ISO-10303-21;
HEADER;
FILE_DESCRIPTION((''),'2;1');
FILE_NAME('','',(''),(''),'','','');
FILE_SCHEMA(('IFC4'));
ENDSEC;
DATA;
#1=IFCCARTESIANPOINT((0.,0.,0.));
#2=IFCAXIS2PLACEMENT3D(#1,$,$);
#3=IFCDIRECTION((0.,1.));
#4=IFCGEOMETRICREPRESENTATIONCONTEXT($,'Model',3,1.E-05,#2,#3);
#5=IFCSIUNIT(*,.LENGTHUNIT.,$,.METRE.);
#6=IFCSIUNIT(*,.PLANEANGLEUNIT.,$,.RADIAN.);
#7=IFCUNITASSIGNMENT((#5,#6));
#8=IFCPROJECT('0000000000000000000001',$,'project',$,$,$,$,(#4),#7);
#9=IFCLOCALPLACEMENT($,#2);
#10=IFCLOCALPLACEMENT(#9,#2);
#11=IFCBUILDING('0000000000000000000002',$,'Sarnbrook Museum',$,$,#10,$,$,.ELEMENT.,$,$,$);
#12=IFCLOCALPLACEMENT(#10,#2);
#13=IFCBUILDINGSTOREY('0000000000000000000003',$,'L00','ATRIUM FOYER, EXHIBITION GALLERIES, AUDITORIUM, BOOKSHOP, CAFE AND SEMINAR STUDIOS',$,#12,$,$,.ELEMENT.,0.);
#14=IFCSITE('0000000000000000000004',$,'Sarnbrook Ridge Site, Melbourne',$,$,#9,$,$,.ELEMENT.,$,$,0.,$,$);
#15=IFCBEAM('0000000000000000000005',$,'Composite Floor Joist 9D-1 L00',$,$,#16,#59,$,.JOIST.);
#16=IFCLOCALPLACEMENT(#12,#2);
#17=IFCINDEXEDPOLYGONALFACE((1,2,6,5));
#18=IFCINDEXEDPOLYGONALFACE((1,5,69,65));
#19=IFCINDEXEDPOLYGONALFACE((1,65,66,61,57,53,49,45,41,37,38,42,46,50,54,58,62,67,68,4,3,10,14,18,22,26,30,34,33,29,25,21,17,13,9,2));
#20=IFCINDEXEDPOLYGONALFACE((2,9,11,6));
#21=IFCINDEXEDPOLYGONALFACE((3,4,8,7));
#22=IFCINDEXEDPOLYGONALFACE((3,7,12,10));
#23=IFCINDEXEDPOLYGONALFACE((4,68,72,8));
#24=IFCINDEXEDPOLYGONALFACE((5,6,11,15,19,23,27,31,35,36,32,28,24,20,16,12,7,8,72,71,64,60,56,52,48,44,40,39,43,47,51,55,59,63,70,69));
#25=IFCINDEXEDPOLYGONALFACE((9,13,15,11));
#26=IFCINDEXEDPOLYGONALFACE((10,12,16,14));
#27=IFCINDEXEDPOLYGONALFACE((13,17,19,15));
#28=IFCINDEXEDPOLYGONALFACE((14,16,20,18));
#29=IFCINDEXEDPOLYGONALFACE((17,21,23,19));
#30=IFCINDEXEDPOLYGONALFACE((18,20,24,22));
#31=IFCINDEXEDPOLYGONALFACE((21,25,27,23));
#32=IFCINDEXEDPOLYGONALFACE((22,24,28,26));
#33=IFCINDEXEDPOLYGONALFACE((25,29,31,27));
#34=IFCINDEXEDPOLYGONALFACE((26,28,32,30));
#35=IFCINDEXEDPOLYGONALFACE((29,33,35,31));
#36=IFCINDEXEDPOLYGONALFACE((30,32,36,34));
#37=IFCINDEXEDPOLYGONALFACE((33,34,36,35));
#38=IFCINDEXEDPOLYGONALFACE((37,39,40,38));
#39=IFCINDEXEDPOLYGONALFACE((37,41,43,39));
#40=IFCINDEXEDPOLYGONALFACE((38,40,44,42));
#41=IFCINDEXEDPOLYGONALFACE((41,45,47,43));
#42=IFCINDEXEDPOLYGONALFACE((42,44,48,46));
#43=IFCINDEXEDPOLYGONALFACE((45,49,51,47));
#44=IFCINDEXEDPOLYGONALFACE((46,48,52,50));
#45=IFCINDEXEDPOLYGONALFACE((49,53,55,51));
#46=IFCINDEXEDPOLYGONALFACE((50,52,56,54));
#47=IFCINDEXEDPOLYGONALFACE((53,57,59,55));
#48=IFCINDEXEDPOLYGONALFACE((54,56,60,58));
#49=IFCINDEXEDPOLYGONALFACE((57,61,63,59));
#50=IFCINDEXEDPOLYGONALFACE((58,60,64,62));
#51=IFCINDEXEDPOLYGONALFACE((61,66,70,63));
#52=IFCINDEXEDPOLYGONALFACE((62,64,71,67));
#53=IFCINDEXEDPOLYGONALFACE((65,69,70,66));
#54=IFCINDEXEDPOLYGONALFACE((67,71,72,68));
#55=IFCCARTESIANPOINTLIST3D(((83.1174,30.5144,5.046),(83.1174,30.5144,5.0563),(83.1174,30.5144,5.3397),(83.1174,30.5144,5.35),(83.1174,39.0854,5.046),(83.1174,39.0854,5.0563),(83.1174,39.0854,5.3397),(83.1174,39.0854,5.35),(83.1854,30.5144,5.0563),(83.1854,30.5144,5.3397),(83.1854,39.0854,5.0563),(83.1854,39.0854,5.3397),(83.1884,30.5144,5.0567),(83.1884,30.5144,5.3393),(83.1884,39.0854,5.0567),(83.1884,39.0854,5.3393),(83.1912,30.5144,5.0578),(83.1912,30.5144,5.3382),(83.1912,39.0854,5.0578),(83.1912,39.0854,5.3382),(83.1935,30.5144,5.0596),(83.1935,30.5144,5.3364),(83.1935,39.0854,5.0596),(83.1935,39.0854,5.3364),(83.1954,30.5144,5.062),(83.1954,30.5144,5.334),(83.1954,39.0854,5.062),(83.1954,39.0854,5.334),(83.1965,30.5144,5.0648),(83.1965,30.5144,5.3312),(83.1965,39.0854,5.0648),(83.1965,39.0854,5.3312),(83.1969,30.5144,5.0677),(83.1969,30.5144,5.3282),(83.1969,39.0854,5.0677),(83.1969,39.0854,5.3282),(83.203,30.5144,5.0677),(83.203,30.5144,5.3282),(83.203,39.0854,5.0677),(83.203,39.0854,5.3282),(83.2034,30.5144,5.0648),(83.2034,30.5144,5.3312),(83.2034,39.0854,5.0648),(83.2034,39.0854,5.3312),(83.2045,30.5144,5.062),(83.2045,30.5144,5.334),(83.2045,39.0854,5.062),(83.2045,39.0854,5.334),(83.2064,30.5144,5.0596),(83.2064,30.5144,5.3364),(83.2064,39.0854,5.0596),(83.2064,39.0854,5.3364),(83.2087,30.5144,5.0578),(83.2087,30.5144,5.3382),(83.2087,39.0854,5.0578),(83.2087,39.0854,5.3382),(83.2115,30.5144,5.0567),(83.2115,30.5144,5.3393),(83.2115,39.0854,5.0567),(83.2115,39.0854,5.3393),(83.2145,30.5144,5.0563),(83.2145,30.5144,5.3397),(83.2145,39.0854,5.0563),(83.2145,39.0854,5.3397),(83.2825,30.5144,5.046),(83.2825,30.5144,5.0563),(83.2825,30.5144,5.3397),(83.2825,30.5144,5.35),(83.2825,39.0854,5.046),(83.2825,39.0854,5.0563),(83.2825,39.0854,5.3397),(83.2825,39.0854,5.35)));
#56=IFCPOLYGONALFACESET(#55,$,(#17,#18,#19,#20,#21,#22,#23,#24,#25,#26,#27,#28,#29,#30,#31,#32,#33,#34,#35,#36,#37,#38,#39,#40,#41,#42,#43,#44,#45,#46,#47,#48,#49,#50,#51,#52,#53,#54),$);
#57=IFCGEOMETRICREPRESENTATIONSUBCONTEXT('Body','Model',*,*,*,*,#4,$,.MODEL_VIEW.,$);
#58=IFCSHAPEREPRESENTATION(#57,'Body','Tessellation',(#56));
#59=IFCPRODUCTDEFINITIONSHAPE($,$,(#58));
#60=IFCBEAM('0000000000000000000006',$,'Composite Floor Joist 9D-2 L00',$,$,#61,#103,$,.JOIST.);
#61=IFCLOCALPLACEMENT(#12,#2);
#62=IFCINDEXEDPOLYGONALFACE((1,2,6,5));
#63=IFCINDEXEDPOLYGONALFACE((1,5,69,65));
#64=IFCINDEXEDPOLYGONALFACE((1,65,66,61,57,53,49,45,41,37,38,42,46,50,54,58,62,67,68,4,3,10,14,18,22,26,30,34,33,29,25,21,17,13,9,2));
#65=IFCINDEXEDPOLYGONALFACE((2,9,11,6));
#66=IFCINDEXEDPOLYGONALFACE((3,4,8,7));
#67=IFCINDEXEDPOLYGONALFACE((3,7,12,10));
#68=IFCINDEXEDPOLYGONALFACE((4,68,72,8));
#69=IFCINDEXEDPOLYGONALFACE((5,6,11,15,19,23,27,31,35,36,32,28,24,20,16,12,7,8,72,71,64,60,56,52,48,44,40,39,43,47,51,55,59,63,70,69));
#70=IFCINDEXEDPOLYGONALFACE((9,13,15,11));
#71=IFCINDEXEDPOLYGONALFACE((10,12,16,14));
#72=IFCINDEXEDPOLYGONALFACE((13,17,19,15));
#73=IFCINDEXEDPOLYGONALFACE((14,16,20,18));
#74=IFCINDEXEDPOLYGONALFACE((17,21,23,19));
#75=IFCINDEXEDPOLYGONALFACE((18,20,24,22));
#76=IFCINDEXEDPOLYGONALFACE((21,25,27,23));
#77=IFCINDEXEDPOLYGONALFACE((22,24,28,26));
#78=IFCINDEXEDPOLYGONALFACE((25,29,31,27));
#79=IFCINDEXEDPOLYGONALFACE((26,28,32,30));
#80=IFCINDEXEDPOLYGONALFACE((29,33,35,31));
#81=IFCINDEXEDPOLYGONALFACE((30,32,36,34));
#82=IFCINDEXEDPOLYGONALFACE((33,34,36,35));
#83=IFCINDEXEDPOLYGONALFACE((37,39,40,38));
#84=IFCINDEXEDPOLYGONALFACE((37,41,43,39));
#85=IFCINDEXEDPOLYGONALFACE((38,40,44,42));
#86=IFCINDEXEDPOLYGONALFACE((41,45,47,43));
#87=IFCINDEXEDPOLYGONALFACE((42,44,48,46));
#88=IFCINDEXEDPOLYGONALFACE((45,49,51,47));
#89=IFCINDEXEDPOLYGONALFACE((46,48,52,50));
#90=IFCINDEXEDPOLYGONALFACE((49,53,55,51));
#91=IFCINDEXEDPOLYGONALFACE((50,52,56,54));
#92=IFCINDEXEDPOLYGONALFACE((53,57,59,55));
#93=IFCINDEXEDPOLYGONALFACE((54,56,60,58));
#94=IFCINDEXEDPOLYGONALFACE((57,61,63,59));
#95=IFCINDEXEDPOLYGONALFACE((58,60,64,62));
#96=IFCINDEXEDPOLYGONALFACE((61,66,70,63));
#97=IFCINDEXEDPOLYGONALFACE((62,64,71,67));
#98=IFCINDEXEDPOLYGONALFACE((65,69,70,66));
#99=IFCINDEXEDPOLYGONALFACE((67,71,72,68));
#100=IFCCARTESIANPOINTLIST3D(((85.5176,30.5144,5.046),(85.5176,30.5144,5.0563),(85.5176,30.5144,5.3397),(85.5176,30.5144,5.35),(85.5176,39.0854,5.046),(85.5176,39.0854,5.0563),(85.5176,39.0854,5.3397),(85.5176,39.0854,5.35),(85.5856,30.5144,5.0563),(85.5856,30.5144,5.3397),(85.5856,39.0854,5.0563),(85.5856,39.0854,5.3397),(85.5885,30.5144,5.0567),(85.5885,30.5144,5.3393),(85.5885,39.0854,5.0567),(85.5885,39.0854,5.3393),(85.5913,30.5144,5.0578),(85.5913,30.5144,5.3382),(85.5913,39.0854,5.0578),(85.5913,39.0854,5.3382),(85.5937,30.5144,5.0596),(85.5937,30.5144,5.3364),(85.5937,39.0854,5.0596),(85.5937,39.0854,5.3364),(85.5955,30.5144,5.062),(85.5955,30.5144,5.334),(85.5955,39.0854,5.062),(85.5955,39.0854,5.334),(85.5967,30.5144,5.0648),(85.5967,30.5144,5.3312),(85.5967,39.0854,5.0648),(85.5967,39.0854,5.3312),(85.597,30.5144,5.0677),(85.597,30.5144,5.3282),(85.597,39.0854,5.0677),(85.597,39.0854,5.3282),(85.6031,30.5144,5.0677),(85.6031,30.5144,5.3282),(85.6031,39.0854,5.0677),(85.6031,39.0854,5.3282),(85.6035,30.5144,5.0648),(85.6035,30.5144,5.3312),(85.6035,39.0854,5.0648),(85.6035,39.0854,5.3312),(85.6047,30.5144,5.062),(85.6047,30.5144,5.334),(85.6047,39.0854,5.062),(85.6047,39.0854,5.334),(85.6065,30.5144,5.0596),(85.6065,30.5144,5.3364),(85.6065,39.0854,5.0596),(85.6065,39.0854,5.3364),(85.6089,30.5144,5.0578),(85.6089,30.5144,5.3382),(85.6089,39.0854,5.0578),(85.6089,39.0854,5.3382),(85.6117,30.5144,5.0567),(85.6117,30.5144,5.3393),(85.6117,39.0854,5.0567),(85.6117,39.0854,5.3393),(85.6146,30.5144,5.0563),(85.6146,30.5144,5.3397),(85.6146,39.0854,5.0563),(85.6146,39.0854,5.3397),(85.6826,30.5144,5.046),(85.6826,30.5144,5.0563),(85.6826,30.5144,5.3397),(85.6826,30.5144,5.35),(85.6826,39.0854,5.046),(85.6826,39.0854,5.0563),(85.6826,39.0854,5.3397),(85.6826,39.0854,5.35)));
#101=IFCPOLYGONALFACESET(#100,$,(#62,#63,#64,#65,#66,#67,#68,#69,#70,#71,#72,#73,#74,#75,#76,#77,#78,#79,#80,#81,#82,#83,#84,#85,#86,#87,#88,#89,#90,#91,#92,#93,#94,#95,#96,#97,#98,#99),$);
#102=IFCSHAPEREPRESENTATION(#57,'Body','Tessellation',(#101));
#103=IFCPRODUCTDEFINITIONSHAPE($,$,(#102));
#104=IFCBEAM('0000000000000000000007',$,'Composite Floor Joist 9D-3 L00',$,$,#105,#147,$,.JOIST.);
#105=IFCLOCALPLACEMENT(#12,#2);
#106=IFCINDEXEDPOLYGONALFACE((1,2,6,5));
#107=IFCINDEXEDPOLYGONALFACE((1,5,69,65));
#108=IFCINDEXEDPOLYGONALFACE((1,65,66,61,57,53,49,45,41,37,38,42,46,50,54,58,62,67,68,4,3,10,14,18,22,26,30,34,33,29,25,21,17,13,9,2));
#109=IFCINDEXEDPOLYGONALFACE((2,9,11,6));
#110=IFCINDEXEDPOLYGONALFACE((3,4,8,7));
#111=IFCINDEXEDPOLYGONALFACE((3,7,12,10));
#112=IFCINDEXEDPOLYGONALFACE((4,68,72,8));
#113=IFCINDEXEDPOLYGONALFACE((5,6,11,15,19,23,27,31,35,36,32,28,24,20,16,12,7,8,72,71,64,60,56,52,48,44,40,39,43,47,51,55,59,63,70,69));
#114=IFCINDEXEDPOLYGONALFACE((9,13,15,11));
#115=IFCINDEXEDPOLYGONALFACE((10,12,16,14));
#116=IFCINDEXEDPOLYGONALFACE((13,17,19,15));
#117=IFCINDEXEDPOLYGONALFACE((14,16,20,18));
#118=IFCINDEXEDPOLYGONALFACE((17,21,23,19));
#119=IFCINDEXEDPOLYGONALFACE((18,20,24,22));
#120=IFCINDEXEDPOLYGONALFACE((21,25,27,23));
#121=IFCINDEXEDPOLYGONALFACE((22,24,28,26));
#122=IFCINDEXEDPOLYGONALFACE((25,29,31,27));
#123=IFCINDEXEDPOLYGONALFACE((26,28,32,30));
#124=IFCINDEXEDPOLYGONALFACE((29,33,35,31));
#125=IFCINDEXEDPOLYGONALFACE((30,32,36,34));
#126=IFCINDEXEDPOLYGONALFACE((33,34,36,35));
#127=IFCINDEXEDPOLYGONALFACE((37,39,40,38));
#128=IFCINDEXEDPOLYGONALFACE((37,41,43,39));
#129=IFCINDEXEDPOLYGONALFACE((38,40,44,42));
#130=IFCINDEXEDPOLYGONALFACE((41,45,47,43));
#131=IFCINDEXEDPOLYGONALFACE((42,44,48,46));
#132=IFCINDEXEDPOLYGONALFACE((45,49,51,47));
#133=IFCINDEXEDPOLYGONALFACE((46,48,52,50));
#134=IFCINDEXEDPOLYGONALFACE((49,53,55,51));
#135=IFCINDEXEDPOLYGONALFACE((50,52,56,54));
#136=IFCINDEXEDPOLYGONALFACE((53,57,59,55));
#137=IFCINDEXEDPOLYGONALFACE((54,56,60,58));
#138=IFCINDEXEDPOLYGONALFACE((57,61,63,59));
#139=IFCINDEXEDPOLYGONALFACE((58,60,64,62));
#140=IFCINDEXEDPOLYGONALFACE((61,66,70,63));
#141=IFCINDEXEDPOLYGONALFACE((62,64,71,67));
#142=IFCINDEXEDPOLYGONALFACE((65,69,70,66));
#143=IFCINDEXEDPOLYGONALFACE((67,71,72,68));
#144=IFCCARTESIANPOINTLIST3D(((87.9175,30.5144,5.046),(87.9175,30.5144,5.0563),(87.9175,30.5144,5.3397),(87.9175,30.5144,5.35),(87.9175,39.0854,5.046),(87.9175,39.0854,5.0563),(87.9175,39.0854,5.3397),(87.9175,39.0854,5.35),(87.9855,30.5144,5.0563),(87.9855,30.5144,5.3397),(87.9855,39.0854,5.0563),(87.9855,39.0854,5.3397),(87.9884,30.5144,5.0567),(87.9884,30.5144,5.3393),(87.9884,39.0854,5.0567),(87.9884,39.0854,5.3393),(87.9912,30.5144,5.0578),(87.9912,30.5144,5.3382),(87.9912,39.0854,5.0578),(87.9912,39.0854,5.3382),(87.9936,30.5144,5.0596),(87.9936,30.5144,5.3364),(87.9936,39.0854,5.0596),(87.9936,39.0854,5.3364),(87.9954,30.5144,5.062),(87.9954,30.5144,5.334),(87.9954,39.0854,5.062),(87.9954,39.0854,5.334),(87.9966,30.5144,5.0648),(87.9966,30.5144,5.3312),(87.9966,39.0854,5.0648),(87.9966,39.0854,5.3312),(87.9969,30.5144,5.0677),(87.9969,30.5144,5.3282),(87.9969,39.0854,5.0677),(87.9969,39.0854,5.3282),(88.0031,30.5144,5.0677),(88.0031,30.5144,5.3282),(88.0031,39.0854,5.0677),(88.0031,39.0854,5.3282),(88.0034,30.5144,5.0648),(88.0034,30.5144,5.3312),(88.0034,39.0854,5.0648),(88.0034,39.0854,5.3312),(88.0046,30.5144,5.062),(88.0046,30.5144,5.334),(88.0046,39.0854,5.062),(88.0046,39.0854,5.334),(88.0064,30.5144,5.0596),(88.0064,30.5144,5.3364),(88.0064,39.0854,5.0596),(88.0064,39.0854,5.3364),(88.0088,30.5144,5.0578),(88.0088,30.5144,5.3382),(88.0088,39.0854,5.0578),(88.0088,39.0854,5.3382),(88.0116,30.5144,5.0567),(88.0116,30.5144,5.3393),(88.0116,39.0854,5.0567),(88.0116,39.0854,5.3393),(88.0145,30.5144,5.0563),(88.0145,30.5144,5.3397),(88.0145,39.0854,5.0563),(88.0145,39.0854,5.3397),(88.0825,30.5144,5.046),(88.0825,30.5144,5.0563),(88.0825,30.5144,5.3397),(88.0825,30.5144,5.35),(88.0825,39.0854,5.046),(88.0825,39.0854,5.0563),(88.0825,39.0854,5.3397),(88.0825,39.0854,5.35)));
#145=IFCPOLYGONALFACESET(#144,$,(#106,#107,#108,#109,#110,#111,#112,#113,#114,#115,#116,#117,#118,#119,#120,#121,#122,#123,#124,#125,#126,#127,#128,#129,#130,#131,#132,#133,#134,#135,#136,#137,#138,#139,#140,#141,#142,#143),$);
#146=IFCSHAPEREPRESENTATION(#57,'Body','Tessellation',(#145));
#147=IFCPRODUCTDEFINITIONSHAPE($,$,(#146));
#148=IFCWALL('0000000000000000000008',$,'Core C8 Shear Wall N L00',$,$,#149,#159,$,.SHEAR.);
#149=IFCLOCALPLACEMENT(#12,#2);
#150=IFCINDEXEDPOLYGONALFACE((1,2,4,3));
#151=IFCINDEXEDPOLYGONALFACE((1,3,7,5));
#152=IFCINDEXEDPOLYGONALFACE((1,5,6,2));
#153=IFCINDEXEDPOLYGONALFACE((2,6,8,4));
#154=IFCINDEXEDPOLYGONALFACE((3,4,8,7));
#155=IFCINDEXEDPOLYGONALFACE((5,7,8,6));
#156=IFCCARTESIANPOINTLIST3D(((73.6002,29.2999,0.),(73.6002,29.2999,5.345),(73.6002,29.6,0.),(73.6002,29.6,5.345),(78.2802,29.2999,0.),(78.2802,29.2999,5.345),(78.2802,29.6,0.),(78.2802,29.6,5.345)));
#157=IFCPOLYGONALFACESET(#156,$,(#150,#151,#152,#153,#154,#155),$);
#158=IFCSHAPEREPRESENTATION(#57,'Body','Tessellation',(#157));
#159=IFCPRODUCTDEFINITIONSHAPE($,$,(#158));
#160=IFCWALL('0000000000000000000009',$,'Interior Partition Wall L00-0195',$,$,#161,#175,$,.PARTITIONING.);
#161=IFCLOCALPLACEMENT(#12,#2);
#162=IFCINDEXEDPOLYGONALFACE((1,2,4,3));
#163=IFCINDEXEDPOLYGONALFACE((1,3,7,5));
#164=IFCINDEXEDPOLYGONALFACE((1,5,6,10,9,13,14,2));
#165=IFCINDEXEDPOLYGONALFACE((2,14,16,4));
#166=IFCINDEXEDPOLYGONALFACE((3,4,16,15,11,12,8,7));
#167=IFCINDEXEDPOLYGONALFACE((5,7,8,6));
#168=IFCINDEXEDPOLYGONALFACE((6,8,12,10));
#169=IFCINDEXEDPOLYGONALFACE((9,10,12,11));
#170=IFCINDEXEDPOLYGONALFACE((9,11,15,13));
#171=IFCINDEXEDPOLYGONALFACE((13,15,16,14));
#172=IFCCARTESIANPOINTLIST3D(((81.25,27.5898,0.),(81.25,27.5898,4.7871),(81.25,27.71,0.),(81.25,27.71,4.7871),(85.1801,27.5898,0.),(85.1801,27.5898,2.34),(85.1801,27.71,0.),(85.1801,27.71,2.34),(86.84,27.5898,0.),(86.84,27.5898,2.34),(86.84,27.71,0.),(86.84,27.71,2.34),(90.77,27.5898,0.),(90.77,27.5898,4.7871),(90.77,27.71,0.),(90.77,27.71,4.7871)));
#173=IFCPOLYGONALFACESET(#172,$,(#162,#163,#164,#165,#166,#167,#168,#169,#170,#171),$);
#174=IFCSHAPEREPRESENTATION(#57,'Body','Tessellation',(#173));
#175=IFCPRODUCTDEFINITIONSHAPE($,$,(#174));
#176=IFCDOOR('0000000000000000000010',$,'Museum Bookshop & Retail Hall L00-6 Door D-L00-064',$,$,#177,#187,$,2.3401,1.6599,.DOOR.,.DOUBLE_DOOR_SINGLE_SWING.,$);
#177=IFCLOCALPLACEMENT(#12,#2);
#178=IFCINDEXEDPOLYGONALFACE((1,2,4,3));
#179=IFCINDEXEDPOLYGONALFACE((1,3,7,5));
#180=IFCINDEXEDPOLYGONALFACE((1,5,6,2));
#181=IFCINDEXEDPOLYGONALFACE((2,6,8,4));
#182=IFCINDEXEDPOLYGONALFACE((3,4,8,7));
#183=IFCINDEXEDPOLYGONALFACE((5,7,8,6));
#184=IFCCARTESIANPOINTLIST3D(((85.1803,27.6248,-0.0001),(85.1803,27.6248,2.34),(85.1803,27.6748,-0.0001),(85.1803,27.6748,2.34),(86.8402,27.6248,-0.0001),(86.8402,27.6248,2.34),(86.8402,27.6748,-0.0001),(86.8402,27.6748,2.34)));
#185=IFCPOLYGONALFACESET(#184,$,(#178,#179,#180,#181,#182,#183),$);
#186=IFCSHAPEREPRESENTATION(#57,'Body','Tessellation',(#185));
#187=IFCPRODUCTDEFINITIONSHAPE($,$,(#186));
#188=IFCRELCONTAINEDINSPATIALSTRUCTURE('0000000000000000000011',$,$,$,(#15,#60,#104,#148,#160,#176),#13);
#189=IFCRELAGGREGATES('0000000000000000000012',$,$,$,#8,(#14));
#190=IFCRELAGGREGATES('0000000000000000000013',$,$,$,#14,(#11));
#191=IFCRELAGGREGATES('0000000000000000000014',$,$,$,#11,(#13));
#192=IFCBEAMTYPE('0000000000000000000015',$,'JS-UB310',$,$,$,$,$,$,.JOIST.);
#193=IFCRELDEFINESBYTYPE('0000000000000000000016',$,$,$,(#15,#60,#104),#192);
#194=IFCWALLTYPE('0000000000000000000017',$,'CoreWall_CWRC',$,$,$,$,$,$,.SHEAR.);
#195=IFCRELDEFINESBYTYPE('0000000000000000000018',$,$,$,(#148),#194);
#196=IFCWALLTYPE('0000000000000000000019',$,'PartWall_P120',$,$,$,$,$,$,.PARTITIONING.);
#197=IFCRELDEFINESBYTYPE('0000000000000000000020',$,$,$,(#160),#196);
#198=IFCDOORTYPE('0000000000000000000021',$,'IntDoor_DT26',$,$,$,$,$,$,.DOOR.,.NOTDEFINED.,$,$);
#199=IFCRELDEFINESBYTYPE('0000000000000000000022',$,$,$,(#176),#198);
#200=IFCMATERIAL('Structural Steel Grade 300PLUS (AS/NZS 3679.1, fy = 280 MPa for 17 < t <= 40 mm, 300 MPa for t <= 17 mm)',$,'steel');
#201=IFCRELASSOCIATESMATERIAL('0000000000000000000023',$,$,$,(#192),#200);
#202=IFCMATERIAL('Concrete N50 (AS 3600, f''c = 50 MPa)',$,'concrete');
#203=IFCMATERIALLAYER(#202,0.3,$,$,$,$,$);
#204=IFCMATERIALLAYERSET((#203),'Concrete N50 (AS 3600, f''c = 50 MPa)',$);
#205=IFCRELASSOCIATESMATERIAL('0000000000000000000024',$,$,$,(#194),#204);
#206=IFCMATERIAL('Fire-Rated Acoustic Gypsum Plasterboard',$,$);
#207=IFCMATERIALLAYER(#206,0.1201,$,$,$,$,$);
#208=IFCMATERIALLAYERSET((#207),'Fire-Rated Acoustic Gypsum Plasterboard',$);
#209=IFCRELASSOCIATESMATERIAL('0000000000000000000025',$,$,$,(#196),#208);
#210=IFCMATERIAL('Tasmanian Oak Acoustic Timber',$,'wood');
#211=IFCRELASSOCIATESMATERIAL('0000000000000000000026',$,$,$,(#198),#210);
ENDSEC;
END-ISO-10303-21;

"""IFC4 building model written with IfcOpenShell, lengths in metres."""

from ifc_helpers import new_model, si_unit, direction, frame, frame_2d, origin, origin_2d, place, context, subcontext, project, spatial, rectangle, i_section, extrude, material, layer, layer_set, material_profile, profile_set, type_object, element, fill, save


model = new_model("IFC4")

# Units and contexts
model_context = context("Model", 3, precision=1e-05, world=origin(), true_north=direction((0.0, 1.0)))
body_context = subcontext(model_context, "Body", "Model", "MODEL_VIEW")
ifc_project = project(units=[si_unit("LENGTHUNIT", "METRE"), si_unit("PLANEANGLEUNIT", "RADIAN")], contexts=[model_context])

# Site, building, storey
site_placement = place(None, origin())
site = spatial("IfcSite", under=ifc_project, at=site_placement, Name="Sarnbrook Ridge Site, Melbourne", CompositionType="ELEMENT", RefElevation=0.0)
building_placement = place(site_placement, origin())
building = spatial("IfcBuilding", under=site, at=building_placement, Name="Sarnbrook Museum", CompositionType="ELEMENT")
storey_placement = place(building_placement, origin())
storey = spatial("IfcBuildingStorey", under=building, at=storey_placement, Name="L00", Description="ATRIUM FOYER, EXHIBITION GALLERIES, AUDITORIUM, BOOKSHOP, CAFE AND SEMINAR STUDIOS", CompositionType="ELEMENT", Elevation=0.0)

# Shared definitions
ifc_material_1 = material(Name="Structural Steel Grade 300PLUS (AS/NZS 3679.1, fy = 280 MPa for 17 < t <= 40 mm, 300 MPa for t <= 17 mm)", Category="steel")

# Beams
ifc_material_profile_1 = material_profile(ifc_material_1, i_section(OverallWidth=0.165, OverallDepth=0.304, WebThickness=0.0061, FlangeThickness=0.0103, FilletRadius=0.0115, at=origin_2d()), Name="310UB40.4")
ifc_profile_set_1 = profile_set([ifc_material_profile_1], Name="Structural Steel Grade 300PLUS (AS/NZS 3679.1, fy = 280 MPa for 17 < t <= 40 mm, 300 MPa for t <= 17 mm)")
beam_type_1 = type_object("IfcBeamType", Name="JS-UB310", PredefinedType="JOIST", material=ifc_profile_set_1)
for number, where, z_axis, x_axis, name in (
    (1, (83.2, 30.5144, 5.198), (0.0, 1.0, 0.0), (-1.0, 0.0, 0.0), "Composite Floor Joist 9D-1 L00"),
    (2, (85.6001, 30.5144, 5.198), (0.0, 1.0, 0.0), (-1.0, 0.0, 0.0), "Composite Floor Joist 9D-2 L00"),
    (3, (88.0, 30.5144, 5.198), (0.0, 1.0, 0.0), (-1.0, 0.0, 0.0), "Composite Floor Joist 9D-3 L00"),
):
    element("IfcBeam", number, at=place(storey_placement, frame(where, z_axis=z_axis, x_axis=x_axis)), inside=storey, type_object=beam_type_1, Name=name, PredefinedType="JOIST", context=body_context, shape_type="SweptSolid", body=[
        extrude(i_section(OverallWidth=0.165, OverallDepth=0.304, WebThickness=0.0061, FlangeThickness=0.0103, FilletRadius=0.0115, at=origin_2d()), origin(), (0.0, 0.0, 1.0), 8.571),
    ])

# Wall
ifc_material_2 = material(Name="Concrete N50 (AS 3600, f'c = 50 MPa)", Category="concrete")
ifc_layer_1 = layer(ifc_material_2, 0.3)
ifc_layer_set_1 = layer_set([ifc_layer_1], Name="Concrete N50 (AS 3600, f'c = 50 MPa)")
wall_type_1 = type_object("IfcWallType", Name="CoreWall_CWRC", PredefinedType="SHEAR", material=ifc_layer_set_1)
wall_1_placement = place(storey_placement, frame((78.28, 29.45, 0.0), z_axis=(0.0, 0.0, 1.0), x_axis=(-1.0, 0.0, 0.0)))
element("IfcWall", 4, at=wall_1_placement, inside=storey, type_object=wall_type_1, Name="Core C8 Shear Wall N L00", PredefinedType="SHEAR", context=body_context, shape_type="SweptSolid", body=[
    extrude(rectangle(XDim=4.6799, YDim=0.3, at=frame_2d((2.3398, 0.0))), origin(), (0.0, 0.0, 1.0), 5.345),
])

# Wall, opening, door
ifc_material_3 = material(Name="Fire-Rated Acoustic Gypsum Plasterboard")
ifc_layer_2 = layer(ifc_material_3, 0.1201)
ifc_layer_set_2 = layer_set([ifc_layer_2], Name="Fire-Rated Acoustic Gypsum Plasterboard")
wall_type_2 = type_object("IfcWallType", Name="PartWall_P120", PredefinedType="PARTITIONING", material=ifc_layer_set_2)
wall_2_placement = place(storey_placement, frame((90.77, 27.6499, 0.0), z_axis=(0.0, 0.0, 1.0), x_axis=(-1.0, 0.0, 0.0)))
wall_2 = element("IfcWall", 5, at=wall_2_placement, inside=storey, type_object=wall_type_2, Name="Interior Partition Wall L00-0195", PredefinedType="PARTITIONING", context=body_context, shape_type="SweptSolid", body=[
    extrude(rectangle(XDim=9.52, YDim=0.1201, at=frame_2d((4.76, 0.0))), origin(), (0.0, 0.0, 1.0), 4.7871),
])
opening_1_placement = place(wall_2_placement, frame((3.9299, 0.0, 0.0)))
opening_1 = element("IfcOpeningElement", 6, at=opening_1_placement, cuts=wall_2, PredefinedType="OPENING", context=body_context, shape_type="SweptSolid", body=[
    extrude(rectangle(XDim=1.6599, YDim=2.3401, at=frame_2d((0.8301, 1.1699))), frame((0.0, 0.0701, 0.0), z_axis=(0.0, -1.0, 0.0), x_axis=(1.0, 0.0, 0.0)), (0.0, 0.0, 1.0), 0.1401),
])
ifc_material_4 = material(Name="Tasmanian Oak Acoustic Timber", Category="wood")
door_type_1 = type_object("IfcDoorType", Name="IntDoor_DT26", OperationType="NOTDEFINED", PredefinedType="DOOR", material=ifc_material_4)
door_1_placement = place(opening_1_placement, frame((1.6599, 0.0, 0.0), z_axis=(0.0, 0.0, 1.0), x_axis=(-1.0, 0.0, 0.0)))
door_1 = element("IfcDoor", 7, at=door_1_placement, inside=storey, type_object=door_type_1, Name="Museum Bookshop & Retail Hall L00-6 Door D-L00-064", OperationType="DOUBLE_DOOR_SINGLE_SWING", OverallHeight=2.3401, OverallWidth=1.6599, PredefinedType="DOOR", context=body_context, shape_type="SweptSolid", body=[
    extrude(rectangle(XDim=1.6599, YDim=2.3401, at=frame_2d((0.8301, 1.1699))), frame((0.0, 0.0249, 0.0), z_axis=(0.0, -1.0, 0.0), x_axis=(1.0, 0.0, 0.0)), (0.0, 0.0, 1.0), 0.05),
])
fill(opening_1, door_1)

save(model, "model.ifc")
